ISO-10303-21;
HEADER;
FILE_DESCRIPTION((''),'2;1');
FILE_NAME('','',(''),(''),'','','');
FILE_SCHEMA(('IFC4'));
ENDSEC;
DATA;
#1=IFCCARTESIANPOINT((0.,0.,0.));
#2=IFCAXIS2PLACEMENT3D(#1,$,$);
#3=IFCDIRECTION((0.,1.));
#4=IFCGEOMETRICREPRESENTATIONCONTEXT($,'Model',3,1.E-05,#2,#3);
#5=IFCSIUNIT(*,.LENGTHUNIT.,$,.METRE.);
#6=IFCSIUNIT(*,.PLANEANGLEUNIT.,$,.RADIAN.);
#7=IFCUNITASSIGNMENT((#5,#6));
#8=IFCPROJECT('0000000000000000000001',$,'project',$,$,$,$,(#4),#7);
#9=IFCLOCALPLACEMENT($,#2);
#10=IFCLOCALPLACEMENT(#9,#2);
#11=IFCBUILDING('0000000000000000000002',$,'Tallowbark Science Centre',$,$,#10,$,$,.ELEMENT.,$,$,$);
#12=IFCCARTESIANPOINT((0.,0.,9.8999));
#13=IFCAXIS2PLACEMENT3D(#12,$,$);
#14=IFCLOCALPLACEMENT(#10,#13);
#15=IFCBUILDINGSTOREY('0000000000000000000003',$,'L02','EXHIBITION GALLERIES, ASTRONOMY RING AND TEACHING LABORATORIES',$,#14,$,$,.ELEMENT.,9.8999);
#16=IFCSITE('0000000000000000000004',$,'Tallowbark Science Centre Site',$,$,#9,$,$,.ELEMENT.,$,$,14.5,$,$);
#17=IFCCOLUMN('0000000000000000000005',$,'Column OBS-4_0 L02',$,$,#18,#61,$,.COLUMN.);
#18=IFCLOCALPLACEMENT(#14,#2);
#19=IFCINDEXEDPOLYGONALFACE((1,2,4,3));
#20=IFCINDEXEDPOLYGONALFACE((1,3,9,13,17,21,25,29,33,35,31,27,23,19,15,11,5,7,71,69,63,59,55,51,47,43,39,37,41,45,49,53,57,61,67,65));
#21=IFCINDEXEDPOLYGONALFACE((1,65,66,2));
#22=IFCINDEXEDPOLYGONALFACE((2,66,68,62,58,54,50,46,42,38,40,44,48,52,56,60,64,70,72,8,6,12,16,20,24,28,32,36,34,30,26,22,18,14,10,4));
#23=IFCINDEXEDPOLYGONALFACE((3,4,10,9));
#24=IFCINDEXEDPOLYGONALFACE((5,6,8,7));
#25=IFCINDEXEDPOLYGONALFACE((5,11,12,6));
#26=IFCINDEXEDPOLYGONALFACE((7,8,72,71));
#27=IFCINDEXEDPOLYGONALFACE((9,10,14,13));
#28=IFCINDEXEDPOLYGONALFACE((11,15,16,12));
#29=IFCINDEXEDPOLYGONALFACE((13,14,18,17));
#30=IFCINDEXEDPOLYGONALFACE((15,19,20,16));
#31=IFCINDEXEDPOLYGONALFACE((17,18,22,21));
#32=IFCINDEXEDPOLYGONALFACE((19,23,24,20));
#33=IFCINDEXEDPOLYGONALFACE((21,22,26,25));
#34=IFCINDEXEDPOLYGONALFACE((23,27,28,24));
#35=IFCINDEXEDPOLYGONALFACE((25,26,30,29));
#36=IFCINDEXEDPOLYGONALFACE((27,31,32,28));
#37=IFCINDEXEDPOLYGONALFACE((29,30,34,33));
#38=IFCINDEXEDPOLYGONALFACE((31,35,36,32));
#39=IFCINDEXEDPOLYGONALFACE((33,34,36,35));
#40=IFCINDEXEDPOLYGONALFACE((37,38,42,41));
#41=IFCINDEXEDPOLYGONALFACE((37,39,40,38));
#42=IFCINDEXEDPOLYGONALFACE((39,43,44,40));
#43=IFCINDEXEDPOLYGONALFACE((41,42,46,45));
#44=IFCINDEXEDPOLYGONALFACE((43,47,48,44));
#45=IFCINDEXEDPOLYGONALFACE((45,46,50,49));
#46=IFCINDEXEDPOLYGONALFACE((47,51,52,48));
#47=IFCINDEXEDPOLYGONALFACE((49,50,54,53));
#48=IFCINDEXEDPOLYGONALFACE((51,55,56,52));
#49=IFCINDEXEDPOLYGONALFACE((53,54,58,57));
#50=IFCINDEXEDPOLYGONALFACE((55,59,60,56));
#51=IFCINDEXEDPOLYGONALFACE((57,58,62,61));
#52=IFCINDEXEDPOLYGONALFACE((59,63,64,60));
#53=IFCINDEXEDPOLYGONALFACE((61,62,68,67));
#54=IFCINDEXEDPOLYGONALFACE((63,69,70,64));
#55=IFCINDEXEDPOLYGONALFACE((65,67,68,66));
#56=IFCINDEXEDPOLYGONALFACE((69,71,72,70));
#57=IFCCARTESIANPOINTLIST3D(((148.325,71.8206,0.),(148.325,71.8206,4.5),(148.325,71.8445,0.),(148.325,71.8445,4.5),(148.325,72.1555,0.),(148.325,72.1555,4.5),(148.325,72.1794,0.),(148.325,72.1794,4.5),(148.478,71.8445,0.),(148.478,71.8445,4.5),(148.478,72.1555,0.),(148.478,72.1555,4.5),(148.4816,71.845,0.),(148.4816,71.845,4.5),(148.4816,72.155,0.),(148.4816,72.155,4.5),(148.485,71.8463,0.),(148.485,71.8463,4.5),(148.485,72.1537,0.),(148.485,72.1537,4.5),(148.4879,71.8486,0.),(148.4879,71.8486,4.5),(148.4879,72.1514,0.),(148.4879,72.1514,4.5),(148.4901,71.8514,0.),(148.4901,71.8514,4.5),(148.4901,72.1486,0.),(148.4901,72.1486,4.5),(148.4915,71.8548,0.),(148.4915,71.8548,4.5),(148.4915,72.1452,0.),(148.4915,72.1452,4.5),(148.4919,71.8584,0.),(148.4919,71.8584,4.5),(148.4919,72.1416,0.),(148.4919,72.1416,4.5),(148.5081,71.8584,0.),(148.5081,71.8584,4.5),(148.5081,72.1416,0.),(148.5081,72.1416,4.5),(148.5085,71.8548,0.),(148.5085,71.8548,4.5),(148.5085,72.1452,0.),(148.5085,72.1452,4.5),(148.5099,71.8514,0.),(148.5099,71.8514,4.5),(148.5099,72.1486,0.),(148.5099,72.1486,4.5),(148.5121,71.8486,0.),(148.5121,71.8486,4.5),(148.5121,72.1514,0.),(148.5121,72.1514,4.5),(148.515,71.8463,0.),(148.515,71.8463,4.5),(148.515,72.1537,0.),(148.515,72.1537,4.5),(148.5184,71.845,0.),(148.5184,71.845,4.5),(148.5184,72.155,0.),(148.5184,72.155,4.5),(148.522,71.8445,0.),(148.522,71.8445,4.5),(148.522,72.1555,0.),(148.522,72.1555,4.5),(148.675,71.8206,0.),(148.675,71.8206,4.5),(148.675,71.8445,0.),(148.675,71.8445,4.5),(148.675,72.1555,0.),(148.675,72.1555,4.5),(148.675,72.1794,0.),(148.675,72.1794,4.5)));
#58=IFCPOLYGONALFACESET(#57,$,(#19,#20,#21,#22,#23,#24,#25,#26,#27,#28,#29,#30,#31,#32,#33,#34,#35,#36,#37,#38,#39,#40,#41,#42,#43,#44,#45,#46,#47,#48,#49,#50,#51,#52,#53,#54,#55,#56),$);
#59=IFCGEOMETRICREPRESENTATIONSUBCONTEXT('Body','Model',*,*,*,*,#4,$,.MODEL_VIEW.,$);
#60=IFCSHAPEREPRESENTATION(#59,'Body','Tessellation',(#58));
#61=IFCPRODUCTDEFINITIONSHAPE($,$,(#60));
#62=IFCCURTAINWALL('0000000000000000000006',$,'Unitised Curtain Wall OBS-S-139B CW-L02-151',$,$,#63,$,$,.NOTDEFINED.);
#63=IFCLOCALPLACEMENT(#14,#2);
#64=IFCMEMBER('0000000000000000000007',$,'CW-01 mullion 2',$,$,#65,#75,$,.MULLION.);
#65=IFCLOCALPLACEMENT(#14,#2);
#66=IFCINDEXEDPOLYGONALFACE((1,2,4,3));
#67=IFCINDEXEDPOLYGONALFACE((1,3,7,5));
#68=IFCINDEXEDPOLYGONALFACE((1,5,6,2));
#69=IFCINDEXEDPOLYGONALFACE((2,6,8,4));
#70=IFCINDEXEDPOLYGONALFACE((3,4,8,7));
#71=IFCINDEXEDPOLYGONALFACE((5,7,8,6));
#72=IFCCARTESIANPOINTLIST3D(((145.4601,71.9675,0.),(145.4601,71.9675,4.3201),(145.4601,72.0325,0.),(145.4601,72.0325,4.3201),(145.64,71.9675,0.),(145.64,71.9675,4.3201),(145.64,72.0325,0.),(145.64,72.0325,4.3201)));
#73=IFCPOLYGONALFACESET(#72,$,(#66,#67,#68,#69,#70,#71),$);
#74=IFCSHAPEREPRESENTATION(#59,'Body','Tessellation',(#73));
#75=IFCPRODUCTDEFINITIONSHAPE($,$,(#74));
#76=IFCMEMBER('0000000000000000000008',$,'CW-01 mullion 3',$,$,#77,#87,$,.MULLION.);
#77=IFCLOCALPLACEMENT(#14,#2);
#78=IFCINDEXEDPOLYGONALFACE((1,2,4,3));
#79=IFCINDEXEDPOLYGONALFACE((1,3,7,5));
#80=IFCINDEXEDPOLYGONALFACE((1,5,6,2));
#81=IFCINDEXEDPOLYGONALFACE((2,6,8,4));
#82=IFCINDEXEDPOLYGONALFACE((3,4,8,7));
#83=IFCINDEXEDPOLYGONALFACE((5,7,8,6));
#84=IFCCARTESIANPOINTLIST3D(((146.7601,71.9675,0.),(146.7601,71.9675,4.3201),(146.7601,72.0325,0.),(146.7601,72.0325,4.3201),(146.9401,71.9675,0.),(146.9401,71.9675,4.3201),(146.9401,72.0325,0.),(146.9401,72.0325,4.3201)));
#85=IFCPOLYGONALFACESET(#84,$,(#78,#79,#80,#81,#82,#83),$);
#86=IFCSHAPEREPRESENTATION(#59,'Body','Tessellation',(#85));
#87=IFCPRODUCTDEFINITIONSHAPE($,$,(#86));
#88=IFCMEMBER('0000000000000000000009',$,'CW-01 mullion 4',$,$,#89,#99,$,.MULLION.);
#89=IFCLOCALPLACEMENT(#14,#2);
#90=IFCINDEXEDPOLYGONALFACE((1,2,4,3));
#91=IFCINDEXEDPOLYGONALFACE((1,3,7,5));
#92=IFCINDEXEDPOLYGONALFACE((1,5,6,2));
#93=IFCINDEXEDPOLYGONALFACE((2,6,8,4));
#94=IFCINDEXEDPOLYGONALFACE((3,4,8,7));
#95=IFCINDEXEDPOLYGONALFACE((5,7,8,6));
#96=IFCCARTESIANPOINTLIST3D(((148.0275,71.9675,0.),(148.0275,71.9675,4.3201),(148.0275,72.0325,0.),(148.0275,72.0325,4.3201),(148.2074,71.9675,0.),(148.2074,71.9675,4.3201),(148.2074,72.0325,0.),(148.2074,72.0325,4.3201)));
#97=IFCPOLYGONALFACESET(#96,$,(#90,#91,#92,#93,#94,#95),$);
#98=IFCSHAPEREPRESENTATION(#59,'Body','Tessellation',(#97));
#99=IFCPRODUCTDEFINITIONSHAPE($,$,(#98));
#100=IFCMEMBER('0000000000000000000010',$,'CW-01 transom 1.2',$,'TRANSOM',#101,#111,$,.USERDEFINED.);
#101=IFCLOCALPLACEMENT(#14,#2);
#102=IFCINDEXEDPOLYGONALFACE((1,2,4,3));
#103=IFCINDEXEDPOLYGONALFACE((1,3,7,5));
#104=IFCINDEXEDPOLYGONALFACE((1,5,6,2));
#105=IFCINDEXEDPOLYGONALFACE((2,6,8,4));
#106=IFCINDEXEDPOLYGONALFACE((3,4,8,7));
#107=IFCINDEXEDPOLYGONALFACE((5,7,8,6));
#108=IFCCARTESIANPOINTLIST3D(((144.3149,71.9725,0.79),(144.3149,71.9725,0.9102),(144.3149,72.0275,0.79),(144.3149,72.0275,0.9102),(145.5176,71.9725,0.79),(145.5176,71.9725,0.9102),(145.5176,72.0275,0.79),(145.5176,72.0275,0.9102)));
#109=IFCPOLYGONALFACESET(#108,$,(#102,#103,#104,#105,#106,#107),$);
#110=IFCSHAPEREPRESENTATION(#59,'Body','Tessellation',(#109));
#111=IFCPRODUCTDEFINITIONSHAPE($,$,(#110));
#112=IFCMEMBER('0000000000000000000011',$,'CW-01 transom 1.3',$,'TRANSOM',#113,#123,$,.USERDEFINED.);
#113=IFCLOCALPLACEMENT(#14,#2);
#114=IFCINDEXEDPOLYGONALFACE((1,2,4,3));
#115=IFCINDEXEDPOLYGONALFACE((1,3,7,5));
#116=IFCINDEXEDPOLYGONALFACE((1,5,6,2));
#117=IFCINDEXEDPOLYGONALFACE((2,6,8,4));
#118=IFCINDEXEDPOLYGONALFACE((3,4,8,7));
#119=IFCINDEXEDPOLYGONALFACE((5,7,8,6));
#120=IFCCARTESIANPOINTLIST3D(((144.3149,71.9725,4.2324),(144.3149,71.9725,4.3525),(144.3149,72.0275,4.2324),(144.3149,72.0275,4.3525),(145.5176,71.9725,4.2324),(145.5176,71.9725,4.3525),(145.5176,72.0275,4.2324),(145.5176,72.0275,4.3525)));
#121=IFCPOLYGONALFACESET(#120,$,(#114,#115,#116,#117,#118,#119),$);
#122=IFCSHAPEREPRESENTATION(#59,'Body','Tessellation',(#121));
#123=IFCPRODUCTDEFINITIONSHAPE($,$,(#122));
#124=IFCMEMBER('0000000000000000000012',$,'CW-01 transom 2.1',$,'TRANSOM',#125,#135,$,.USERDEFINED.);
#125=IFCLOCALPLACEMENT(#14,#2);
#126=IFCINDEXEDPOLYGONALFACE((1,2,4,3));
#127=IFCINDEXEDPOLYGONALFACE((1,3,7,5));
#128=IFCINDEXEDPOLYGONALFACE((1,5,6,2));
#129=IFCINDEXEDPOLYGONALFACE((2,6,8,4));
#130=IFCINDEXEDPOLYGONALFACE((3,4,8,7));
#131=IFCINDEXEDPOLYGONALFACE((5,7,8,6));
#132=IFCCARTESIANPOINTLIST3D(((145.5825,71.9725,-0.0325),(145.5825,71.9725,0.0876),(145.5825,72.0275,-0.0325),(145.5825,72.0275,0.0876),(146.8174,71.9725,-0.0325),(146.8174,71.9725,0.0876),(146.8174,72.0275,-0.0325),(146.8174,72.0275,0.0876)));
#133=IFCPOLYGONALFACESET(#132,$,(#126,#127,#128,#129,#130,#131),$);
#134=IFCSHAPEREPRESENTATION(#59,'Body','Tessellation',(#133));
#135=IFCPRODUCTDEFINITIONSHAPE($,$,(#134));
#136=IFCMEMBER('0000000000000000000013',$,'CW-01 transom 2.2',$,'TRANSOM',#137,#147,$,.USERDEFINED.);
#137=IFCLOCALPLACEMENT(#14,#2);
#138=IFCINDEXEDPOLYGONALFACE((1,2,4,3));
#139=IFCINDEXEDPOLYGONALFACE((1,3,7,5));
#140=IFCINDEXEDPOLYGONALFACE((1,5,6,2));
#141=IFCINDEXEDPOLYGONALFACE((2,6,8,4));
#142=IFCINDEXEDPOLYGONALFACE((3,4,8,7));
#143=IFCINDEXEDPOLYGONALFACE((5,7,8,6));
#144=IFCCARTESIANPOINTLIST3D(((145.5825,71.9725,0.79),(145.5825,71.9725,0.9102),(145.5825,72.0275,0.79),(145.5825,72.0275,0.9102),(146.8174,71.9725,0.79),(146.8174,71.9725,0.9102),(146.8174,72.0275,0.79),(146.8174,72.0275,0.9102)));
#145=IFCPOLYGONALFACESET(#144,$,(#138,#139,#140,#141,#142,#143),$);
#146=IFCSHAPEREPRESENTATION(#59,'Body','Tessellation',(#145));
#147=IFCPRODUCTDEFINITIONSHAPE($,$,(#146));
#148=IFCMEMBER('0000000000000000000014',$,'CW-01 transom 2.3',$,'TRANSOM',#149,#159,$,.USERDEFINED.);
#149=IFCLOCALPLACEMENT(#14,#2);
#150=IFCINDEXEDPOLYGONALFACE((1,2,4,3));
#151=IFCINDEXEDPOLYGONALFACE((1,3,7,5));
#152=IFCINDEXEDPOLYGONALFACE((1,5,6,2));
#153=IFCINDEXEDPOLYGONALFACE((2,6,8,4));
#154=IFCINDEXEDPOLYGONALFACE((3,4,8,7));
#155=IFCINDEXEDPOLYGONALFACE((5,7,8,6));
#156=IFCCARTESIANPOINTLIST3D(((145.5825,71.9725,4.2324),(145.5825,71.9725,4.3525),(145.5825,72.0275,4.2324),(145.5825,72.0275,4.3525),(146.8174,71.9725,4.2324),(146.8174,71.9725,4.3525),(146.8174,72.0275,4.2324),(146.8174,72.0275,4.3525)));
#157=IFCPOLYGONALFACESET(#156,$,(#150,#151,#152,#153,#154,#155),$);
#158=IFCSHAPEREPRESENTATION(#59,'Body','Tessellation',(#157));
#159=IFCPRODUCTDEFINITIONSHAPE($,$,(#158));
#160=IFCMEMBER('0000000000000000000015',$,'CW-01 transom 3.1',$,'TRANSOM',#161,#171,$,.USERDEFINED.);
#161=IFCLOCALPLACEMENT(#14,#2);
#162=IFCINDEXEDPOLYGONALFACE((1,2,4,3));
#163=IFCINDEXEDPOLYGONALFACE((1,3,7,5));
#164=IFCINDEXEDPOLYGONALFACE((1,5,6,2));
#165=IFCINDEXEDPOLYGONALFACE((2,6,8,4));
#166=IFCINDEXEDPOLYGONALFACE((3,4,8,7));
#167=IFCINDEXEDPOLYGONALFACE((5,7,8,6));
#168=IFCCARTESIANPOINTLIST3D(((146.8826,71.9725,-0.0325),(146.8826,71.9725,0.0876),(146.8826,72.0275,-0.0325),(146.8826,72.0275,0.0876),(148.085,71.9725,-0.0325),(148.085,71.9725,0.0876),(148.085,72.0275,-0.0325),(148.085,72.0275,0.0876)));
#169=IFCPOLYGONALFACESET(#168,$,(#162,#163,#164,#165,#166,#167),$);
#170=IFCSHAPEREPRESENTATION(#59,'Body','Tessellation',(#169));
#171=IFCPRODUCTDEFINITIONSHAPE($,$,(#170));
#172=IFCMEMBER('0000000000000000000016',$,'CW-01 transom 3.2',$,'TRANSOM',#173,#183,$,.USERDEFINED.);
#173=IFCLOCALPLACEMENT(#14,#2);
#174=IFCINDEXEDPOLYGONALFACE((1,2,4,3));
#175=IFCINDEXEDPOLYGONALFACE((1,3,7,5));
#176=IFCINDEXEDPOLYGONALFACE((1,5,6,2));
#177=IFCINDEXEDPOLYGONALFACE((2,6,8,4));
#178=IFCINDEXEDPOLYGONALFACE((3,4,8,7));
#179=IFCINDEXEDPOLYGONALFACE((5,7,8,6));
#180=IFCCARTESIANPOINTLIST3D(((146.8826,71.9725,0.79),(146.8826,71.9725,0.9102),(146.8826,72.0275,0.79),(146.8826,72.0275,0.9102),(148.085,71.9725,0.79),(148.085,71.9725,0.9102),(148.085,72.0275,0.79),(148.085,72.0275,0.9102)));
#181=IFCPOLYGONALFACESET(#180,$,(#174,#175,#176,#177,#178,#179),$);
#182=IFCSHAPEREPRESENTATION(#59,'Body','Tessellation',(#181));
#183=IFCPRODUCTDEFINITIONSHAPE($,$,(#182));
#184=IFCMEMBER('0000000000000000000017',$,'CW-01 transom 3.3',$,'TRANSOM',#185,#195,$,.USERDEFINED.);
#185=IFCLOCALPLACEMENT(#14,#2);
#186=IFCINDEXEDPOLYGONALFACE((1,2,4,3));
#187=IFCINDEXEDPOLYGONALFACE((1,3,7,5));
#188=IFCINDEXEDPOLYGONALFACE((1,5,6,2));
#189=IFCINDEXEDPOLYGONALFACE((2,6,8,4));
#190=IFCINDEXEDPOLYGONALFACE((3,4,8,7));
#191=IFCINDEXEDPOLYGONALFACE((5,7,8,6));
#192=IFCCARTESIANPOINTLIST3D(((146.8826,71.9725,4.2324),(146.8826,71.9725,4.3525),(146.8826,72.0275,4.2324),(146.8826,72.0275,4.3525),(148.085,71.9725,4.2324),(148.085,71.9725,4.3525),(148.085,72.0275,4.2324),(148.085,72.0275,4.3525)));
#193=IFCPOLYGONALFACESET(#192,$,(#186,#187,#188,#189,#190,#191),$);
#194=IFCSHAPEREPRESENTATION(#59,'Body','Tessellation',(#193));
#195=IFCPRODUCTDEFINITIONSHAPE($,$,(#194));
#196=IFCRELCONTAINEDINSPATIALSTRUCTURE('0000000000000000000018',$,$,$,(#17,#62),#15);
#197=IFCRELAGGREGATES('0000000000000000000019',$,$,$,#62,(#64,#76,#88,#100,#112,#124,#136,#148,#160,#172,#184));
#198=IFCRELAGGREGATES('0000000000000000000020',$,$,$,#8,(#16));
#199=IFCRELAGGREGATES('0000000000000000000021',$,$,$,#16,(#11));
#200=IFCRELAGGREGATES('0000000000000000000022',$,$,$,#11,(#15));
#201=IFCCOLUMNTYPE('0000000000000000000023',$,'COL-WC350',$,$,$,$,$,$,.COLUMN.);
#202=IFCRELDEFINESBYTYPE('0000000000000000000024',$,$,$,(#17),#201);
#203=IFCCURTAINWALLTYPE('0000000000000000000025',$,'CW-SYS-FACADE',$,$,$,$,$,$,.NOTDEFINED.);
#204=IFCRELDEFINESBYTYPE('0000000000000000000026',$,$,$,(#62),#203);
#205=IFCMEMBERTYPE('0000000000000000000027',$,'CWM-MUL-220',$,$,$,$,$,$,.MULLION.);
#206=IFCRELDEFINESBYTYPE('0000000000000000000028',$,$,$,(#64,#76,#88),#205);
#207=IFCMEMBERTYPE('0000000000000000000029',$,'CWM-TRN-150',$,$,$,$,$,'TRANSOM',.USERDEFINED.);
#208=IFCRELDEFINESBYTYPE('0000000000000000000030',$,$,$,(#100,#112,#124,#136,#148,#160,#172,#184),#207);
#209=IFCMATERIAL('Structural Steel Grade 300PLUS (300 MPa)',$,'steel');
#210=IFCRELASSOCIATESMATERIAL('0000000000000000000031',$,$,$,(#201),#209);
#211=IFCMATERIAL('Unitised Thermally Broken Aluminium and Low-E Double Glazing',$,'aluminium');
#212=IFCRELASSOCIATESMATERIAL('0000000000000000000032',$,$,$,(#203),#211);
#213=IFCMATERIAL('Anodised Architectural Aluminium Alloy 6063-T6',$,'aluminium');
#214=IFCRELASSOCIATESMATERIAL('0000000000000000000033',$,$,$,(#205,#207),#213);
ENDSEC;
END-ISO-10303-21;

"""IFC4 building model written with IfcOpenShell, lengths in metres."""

from ifc_helpers import new_model, si_unit, direction, frame, origin, origin_2d, place, context, subcontext, project, spatial, rectangle, i_section, extrude, material, material_profile, profile_set, type_object, element, aggregate, save


model = new_model("IFC4")

# Units and contexts
model_context = context("Model", 3, precision=1e-05, world=origin(), true_north=direction((0.0, 1.0)))
body_context = subcontext(model_context, "Body", "Model", "MODEL_VIEW")
ifc_project = project(units=[si_unit("LENGTHUNIT", "METRE"), si_unit("PLANEANGLEUNIT", "RADIAN")], contexts=[model_context])

# Site, building, storey
site_placement = place(None, origin())
site = spatial("IfcSite", under=ifc_project, at=site_placement, Name="Tallowbark Science Centre Site", CompositionType="ELEMENT", RefElevation=14.5)
building_placement = place(site_placement, origin())
building = spatial("IfcBuilding", under=site, at=building_placement, Name="Tallowbark Science Centre", CompositionType="ELEMENT")
storey_placement = place(building_placement, frame((0.0, 0.0, 9.8999)))
storey = spatial("IfcBuildingStorey", under=building, at=storey_placement, Name="L02", Description="EXHIBITION GALLERIES, ASTRONOMY RING AND TEACHING LABORATORIES", CompositionType="ELEMENT", Elevation=9.8999)

# Column
ifc_material_1 = material(Name="Structural Steel Grade 300PLUS (300 MPa)", Category="steel")
ifc_material_profile_1 = material_profile(ifc_material_1, i_section(OverallWidth=0.3501, OverallDepth=0.3589, WebThickness=0.0161, FlangeThickness=0.0239, FilletRadius=0.0139, at=origin_2d()), Name="350WC197")
ifc_profile_set_1 = profile_set([ifc_material_profile_1], Name="Structural Steel Grade 300PLUS (300 MPa)")
column_type = type_object("IfcColumnType", Name="COL-WC350", PredefinedType="COLUMN", material=ifc_profile_set_1)
column_placement = place(storey_placement, frame((148.5, 72.0, 0.0), z_axis=(0.0, 0.0, 1.0), x_axis=(1.0, 0.0, 0.0)))
element("IfcColumn", 1, at=column_placement, inside=storey, type_object=column_type, Name="Column OBS-4_0 L02", PredefinedType="COLUMN", context=body_context, shape_type="SweptSolid", body=[
    extrude(i_section(OverallWidth=0.3501, OverallDepth=0.3589, WebThickness=0.0161, FlangeThickness=0.0239, FilletRadius=0.0139, at=origin_2d()), origin(), (0.0, 0.0, 1.0), 4.5),
])

# Curtain wall, members
ifc_material_2 = material(Name="Unitised Thermally Broken Aluminium and Low-E Double Glazing", Category="aluminium")
curtain_wall_type = type_object("IfcCurtainWallType", Name="CW-SYS-FACADE", PredefinedType="NOTDEFINED", material=ifc_material_2)
curtain_wall_placement = place(storey_placement, origin())
curtain_wall = element("IfcCurtainWall", 2, at=curtain_wall_placement, inside=storey, type_object=curtain_wall_type, Name="Unitised Curtain Wall OBS-S-139B CW-L02-151", PredefinedType="NOTDEFINED")
ifc_material_3 = material(Name="Anodised Architectural Aluminium Alloy 6063-T6", Category="aluminium")
ifc_material_profile_2 = material_profile(ifc_material_3, rectangle(XDim=0.0649, YDim=0.1799, at=origin_2d()), Name="ALU65x180")
ifc_profile_set_2 = profile_set([ifc_material_profile_2], Name="Anodised Architectural Aluminium Alloy 6063-T6")
member_type_1 = type_object("IfcMemberType", Name="CWM-MUL-220", PredefinedType="MULLION", material=ifc_profile_set_2)
member_1_placement = place(storey_placement, frame((145.55, 72.0, 0.0), z_axis=(0.0, 0.0, 1.0), x_axis=(0.0, 1.0, 0.0)))
member_1 = element("IfcMember", 3, at=member_1_placement, type_object=member_type_1, Name="CW-01 mullion 2", PredefinedType="MULLION", context=body_context, shape_type="SweptSolid", body=[
    extrude(rectangle(XDim=0.0649, YDim=0.1799, at=origin_2d()), origin(), (0.0, 0.0, 1.0), 4.3201),
])
member_2_placement = place(storey_placement, frame((146.8501, 72.0, 0.0), z_axis=(0.0, 0.0, 1.0), x_axis=(0.0, 1.0, 0.0)))
member_2 = element("IfcMember", 4, at=member_2_placement, type_object=member_type_1, Name="CW-01 mullion 3", PredefinedType="MULLION", context=body_context, shape_type="SweptSolid", body=[
    extrude(rectangle(XDim=0.0649, YDim=0.1799, at=origin_2d()), origin(), (0.0, 0.0, 1.0), 4.3201),
])
member_3_placement = place(storey_placement, frame((148.1174, 72.0, 0.0), z_axis=(0.0, 0.0, 1.0), x_axis=(0.0, 1.0, 0.0)))
member_3 = element("IfcMember", 5, at=member_3_placement, type_object=member_type_1, Name="CW-01 mullion 4", PredefinedType="MULLION", context=body_context, shape_type="SweptSolid", body=[
    extrude(rectangle(XDim=0.0649, YDim=0.1799, at=origin_2d()), origin(), (0.0, 0.0, 1.0), 4.3201),
])
ifc_material_profile_3 = material_profile(ifc_material_3, rectangle(XDim=0.0549, YDim=0.1201, at=origin_2d()), Name="ALU55x120")
ifc_profile_set_3 = profile_set([ifc_material_profile_3], Name="Anodised Architectural Aluminium Alloy 6063-T6")
member_type_2 = type_object("IfcMemberType", Name="CWM-TRN-150", ElementType="TRANSOM", PredefinedType="USERDEFINED", material=ifc_profile_set_3)
member_4_placement = place(storey_placement, frame((144.3149, 72.0, 0.8501), z_axis=(1.0, 0.0, 0.0), x_axis=(0.0, 1.0, 0.0)))
member_4 = element("IfcMember", 6, at=member_4_placement, type_object=member_type_2, Name="CW-01 transom 1.2", ObjectType="TRANSOM", PredefinedType="USERDEFINED", context=body_context, shape_type="SweptSolid", body=[
    extrude(rectangle(XDim=0.0549, YDim=0.1201, at=origin_2d()), origin(), (0.0, 0.0, 1.0), 1.2026),
])
member_5_placement = place(storey_placement, frame((144.3149, 72.0, 4.2925), z_axis=(1.0, 0.0, 0.0), x_axis=(0.0, 1.0, 0.0)))
member_5 = element("IfcMember", 7, at=member_5_placement, type_object=member_type_2, Name="CW-01 transom 1.3", ObjectType="TRANSOM", PredefinedType="USERDEFINED", context=body_context, shape_type="SweptSolid", body=[
    extrude(rectangle(XDim=0.0549, YDim=0.1201, at=origin_2d()), origin(), (0.0, 0.0, 1.0), 1.2026),
])
member_6_placement = place(storey_placement, frame((145.5825, 72.0, 0.0276), z_axis=(1.0, 0.0, 0.0), x_axis=(0.0, 1.0, 0.0)))
member_6 = element("IfcMember", 8, at=member_6_placement, type_object=member_type_2, Name="CW-01 transom 2.1", ObjectType="TRANSOM", PredefinedType="USERDEFINED", context=body_context, shape_type="SweptSolid", body=[
    extrude(rectangle(XDim=0.0549, YDim=0.1201, at=origin_2d()), origin(), (0.0, 0.0, 1.0), 1.2349),
])
member_7_placement = place(storey_placement, frame((145.5825, 72.0, 0.8501), z_axis=(1.0, 0.0, 0.0), x_axis=(0.0, 1.0, 0.0)))
member_7 = element("IfcMember", 9, at=member_7_placement, type_object=member_type_2, Name="CW-01 transom 2.2", ObjectType="TRANSOM", PredefinedType="USERDEFINED", context=body_context, shape_type="SweptSolid", body=[
    extrude(rectangle(XDim=0.0549, YDim=0.1201, at=origin_2d()), origin(), (0.0, 0.0, 1.0), 1.2349),
])
member_8_placement = place(storey_placement, frame((145.5825, 72.0, 4.2925), z_axis=(1.0, 0.0, 0.0), x_axis=(0.0, 1.0, 0.0)))
member_8 = element("IfcMember", 10, at=member_8_placement, type_object=member_type_2, Name="CW-01 transom 2.3", ObjectType="TRANSOM", PredefinedType="USERDEFINED", context=body_context, shape_type="SweptSolid", body=[
    extrude(rectangle(XDim=0.0549, YDim=0.1201, at=origin_2d()), origin(), (0.0, 0.0, 1.0), 1.2349),
])
member_9_placement = place(storey_placement, frame((146.8826, 72.0, 0.0276), z_axis=(1.0, 0.0, 0.0), x_axis=(0.0, 1.0, 0.0)))
member_9 = element("IfcMember", 11, at=member_9_placement, type_object=member_type_2, Name="CW-01 transom 3.1", ObjectType="TRANSOM", PredefinedType="USERDEFINED", context=body_context, shape_type="SweptSolid", body=[
    extrude(rectangle(XDim=0.0549, YDim=0.1201, at=origin_2d()), origin(), (0.0, 0.0, 1.0), 1.2024),
])
member_10_placement = place(storey_placement, frame((146.8826, 72.0, 0.8501), z_axis=(1.0, 0.0, 0.0), x_axis=(0.0, 1.0, 0.0)))
member_10 = element("IfcMember", 12, at=member_10_placement, type_object=member_type_2, Name="CW-01 transom 3.2", ObjectType="TRANSOM", PredefinedType="USERDEFINED", context=body_context, shape_type="SweptSolid", body=[
    extrude(rectangle(XDim=0.0549, YDim=0.1201, at=origin_2d()), origin(), (0.0, 0.0, 1.0), 1.2024),
])
member_11_placement = place(storey_placement, frame((146.8826, 72.0, 4.2925), z_axis=(1.0, 0.0, 0.0), x_axis=(0.0, 1.0, 0.0)))
member_11 = element("IfcMember", 13, at=member_11_placement, type_object=member_type_2, Name="CW-01 transom 3.3", ObjectType="TRANSOM", PredefinedType="USERDEFINED", context=body_context, shape_type="SweptSolid", body=[
    extrude(rectangle(XDim=0.0549, YDim=0.1201, at=origin_2d()), origin(), (0.0, 0.0, 1.0), 1.2024),
])

aggregate(curtain_wall, [member_1, member_2, member_3, member_4, member_5, member_6, member_7, member_8, member_9, member_10, member_11])

save(model, "model.ifc")
